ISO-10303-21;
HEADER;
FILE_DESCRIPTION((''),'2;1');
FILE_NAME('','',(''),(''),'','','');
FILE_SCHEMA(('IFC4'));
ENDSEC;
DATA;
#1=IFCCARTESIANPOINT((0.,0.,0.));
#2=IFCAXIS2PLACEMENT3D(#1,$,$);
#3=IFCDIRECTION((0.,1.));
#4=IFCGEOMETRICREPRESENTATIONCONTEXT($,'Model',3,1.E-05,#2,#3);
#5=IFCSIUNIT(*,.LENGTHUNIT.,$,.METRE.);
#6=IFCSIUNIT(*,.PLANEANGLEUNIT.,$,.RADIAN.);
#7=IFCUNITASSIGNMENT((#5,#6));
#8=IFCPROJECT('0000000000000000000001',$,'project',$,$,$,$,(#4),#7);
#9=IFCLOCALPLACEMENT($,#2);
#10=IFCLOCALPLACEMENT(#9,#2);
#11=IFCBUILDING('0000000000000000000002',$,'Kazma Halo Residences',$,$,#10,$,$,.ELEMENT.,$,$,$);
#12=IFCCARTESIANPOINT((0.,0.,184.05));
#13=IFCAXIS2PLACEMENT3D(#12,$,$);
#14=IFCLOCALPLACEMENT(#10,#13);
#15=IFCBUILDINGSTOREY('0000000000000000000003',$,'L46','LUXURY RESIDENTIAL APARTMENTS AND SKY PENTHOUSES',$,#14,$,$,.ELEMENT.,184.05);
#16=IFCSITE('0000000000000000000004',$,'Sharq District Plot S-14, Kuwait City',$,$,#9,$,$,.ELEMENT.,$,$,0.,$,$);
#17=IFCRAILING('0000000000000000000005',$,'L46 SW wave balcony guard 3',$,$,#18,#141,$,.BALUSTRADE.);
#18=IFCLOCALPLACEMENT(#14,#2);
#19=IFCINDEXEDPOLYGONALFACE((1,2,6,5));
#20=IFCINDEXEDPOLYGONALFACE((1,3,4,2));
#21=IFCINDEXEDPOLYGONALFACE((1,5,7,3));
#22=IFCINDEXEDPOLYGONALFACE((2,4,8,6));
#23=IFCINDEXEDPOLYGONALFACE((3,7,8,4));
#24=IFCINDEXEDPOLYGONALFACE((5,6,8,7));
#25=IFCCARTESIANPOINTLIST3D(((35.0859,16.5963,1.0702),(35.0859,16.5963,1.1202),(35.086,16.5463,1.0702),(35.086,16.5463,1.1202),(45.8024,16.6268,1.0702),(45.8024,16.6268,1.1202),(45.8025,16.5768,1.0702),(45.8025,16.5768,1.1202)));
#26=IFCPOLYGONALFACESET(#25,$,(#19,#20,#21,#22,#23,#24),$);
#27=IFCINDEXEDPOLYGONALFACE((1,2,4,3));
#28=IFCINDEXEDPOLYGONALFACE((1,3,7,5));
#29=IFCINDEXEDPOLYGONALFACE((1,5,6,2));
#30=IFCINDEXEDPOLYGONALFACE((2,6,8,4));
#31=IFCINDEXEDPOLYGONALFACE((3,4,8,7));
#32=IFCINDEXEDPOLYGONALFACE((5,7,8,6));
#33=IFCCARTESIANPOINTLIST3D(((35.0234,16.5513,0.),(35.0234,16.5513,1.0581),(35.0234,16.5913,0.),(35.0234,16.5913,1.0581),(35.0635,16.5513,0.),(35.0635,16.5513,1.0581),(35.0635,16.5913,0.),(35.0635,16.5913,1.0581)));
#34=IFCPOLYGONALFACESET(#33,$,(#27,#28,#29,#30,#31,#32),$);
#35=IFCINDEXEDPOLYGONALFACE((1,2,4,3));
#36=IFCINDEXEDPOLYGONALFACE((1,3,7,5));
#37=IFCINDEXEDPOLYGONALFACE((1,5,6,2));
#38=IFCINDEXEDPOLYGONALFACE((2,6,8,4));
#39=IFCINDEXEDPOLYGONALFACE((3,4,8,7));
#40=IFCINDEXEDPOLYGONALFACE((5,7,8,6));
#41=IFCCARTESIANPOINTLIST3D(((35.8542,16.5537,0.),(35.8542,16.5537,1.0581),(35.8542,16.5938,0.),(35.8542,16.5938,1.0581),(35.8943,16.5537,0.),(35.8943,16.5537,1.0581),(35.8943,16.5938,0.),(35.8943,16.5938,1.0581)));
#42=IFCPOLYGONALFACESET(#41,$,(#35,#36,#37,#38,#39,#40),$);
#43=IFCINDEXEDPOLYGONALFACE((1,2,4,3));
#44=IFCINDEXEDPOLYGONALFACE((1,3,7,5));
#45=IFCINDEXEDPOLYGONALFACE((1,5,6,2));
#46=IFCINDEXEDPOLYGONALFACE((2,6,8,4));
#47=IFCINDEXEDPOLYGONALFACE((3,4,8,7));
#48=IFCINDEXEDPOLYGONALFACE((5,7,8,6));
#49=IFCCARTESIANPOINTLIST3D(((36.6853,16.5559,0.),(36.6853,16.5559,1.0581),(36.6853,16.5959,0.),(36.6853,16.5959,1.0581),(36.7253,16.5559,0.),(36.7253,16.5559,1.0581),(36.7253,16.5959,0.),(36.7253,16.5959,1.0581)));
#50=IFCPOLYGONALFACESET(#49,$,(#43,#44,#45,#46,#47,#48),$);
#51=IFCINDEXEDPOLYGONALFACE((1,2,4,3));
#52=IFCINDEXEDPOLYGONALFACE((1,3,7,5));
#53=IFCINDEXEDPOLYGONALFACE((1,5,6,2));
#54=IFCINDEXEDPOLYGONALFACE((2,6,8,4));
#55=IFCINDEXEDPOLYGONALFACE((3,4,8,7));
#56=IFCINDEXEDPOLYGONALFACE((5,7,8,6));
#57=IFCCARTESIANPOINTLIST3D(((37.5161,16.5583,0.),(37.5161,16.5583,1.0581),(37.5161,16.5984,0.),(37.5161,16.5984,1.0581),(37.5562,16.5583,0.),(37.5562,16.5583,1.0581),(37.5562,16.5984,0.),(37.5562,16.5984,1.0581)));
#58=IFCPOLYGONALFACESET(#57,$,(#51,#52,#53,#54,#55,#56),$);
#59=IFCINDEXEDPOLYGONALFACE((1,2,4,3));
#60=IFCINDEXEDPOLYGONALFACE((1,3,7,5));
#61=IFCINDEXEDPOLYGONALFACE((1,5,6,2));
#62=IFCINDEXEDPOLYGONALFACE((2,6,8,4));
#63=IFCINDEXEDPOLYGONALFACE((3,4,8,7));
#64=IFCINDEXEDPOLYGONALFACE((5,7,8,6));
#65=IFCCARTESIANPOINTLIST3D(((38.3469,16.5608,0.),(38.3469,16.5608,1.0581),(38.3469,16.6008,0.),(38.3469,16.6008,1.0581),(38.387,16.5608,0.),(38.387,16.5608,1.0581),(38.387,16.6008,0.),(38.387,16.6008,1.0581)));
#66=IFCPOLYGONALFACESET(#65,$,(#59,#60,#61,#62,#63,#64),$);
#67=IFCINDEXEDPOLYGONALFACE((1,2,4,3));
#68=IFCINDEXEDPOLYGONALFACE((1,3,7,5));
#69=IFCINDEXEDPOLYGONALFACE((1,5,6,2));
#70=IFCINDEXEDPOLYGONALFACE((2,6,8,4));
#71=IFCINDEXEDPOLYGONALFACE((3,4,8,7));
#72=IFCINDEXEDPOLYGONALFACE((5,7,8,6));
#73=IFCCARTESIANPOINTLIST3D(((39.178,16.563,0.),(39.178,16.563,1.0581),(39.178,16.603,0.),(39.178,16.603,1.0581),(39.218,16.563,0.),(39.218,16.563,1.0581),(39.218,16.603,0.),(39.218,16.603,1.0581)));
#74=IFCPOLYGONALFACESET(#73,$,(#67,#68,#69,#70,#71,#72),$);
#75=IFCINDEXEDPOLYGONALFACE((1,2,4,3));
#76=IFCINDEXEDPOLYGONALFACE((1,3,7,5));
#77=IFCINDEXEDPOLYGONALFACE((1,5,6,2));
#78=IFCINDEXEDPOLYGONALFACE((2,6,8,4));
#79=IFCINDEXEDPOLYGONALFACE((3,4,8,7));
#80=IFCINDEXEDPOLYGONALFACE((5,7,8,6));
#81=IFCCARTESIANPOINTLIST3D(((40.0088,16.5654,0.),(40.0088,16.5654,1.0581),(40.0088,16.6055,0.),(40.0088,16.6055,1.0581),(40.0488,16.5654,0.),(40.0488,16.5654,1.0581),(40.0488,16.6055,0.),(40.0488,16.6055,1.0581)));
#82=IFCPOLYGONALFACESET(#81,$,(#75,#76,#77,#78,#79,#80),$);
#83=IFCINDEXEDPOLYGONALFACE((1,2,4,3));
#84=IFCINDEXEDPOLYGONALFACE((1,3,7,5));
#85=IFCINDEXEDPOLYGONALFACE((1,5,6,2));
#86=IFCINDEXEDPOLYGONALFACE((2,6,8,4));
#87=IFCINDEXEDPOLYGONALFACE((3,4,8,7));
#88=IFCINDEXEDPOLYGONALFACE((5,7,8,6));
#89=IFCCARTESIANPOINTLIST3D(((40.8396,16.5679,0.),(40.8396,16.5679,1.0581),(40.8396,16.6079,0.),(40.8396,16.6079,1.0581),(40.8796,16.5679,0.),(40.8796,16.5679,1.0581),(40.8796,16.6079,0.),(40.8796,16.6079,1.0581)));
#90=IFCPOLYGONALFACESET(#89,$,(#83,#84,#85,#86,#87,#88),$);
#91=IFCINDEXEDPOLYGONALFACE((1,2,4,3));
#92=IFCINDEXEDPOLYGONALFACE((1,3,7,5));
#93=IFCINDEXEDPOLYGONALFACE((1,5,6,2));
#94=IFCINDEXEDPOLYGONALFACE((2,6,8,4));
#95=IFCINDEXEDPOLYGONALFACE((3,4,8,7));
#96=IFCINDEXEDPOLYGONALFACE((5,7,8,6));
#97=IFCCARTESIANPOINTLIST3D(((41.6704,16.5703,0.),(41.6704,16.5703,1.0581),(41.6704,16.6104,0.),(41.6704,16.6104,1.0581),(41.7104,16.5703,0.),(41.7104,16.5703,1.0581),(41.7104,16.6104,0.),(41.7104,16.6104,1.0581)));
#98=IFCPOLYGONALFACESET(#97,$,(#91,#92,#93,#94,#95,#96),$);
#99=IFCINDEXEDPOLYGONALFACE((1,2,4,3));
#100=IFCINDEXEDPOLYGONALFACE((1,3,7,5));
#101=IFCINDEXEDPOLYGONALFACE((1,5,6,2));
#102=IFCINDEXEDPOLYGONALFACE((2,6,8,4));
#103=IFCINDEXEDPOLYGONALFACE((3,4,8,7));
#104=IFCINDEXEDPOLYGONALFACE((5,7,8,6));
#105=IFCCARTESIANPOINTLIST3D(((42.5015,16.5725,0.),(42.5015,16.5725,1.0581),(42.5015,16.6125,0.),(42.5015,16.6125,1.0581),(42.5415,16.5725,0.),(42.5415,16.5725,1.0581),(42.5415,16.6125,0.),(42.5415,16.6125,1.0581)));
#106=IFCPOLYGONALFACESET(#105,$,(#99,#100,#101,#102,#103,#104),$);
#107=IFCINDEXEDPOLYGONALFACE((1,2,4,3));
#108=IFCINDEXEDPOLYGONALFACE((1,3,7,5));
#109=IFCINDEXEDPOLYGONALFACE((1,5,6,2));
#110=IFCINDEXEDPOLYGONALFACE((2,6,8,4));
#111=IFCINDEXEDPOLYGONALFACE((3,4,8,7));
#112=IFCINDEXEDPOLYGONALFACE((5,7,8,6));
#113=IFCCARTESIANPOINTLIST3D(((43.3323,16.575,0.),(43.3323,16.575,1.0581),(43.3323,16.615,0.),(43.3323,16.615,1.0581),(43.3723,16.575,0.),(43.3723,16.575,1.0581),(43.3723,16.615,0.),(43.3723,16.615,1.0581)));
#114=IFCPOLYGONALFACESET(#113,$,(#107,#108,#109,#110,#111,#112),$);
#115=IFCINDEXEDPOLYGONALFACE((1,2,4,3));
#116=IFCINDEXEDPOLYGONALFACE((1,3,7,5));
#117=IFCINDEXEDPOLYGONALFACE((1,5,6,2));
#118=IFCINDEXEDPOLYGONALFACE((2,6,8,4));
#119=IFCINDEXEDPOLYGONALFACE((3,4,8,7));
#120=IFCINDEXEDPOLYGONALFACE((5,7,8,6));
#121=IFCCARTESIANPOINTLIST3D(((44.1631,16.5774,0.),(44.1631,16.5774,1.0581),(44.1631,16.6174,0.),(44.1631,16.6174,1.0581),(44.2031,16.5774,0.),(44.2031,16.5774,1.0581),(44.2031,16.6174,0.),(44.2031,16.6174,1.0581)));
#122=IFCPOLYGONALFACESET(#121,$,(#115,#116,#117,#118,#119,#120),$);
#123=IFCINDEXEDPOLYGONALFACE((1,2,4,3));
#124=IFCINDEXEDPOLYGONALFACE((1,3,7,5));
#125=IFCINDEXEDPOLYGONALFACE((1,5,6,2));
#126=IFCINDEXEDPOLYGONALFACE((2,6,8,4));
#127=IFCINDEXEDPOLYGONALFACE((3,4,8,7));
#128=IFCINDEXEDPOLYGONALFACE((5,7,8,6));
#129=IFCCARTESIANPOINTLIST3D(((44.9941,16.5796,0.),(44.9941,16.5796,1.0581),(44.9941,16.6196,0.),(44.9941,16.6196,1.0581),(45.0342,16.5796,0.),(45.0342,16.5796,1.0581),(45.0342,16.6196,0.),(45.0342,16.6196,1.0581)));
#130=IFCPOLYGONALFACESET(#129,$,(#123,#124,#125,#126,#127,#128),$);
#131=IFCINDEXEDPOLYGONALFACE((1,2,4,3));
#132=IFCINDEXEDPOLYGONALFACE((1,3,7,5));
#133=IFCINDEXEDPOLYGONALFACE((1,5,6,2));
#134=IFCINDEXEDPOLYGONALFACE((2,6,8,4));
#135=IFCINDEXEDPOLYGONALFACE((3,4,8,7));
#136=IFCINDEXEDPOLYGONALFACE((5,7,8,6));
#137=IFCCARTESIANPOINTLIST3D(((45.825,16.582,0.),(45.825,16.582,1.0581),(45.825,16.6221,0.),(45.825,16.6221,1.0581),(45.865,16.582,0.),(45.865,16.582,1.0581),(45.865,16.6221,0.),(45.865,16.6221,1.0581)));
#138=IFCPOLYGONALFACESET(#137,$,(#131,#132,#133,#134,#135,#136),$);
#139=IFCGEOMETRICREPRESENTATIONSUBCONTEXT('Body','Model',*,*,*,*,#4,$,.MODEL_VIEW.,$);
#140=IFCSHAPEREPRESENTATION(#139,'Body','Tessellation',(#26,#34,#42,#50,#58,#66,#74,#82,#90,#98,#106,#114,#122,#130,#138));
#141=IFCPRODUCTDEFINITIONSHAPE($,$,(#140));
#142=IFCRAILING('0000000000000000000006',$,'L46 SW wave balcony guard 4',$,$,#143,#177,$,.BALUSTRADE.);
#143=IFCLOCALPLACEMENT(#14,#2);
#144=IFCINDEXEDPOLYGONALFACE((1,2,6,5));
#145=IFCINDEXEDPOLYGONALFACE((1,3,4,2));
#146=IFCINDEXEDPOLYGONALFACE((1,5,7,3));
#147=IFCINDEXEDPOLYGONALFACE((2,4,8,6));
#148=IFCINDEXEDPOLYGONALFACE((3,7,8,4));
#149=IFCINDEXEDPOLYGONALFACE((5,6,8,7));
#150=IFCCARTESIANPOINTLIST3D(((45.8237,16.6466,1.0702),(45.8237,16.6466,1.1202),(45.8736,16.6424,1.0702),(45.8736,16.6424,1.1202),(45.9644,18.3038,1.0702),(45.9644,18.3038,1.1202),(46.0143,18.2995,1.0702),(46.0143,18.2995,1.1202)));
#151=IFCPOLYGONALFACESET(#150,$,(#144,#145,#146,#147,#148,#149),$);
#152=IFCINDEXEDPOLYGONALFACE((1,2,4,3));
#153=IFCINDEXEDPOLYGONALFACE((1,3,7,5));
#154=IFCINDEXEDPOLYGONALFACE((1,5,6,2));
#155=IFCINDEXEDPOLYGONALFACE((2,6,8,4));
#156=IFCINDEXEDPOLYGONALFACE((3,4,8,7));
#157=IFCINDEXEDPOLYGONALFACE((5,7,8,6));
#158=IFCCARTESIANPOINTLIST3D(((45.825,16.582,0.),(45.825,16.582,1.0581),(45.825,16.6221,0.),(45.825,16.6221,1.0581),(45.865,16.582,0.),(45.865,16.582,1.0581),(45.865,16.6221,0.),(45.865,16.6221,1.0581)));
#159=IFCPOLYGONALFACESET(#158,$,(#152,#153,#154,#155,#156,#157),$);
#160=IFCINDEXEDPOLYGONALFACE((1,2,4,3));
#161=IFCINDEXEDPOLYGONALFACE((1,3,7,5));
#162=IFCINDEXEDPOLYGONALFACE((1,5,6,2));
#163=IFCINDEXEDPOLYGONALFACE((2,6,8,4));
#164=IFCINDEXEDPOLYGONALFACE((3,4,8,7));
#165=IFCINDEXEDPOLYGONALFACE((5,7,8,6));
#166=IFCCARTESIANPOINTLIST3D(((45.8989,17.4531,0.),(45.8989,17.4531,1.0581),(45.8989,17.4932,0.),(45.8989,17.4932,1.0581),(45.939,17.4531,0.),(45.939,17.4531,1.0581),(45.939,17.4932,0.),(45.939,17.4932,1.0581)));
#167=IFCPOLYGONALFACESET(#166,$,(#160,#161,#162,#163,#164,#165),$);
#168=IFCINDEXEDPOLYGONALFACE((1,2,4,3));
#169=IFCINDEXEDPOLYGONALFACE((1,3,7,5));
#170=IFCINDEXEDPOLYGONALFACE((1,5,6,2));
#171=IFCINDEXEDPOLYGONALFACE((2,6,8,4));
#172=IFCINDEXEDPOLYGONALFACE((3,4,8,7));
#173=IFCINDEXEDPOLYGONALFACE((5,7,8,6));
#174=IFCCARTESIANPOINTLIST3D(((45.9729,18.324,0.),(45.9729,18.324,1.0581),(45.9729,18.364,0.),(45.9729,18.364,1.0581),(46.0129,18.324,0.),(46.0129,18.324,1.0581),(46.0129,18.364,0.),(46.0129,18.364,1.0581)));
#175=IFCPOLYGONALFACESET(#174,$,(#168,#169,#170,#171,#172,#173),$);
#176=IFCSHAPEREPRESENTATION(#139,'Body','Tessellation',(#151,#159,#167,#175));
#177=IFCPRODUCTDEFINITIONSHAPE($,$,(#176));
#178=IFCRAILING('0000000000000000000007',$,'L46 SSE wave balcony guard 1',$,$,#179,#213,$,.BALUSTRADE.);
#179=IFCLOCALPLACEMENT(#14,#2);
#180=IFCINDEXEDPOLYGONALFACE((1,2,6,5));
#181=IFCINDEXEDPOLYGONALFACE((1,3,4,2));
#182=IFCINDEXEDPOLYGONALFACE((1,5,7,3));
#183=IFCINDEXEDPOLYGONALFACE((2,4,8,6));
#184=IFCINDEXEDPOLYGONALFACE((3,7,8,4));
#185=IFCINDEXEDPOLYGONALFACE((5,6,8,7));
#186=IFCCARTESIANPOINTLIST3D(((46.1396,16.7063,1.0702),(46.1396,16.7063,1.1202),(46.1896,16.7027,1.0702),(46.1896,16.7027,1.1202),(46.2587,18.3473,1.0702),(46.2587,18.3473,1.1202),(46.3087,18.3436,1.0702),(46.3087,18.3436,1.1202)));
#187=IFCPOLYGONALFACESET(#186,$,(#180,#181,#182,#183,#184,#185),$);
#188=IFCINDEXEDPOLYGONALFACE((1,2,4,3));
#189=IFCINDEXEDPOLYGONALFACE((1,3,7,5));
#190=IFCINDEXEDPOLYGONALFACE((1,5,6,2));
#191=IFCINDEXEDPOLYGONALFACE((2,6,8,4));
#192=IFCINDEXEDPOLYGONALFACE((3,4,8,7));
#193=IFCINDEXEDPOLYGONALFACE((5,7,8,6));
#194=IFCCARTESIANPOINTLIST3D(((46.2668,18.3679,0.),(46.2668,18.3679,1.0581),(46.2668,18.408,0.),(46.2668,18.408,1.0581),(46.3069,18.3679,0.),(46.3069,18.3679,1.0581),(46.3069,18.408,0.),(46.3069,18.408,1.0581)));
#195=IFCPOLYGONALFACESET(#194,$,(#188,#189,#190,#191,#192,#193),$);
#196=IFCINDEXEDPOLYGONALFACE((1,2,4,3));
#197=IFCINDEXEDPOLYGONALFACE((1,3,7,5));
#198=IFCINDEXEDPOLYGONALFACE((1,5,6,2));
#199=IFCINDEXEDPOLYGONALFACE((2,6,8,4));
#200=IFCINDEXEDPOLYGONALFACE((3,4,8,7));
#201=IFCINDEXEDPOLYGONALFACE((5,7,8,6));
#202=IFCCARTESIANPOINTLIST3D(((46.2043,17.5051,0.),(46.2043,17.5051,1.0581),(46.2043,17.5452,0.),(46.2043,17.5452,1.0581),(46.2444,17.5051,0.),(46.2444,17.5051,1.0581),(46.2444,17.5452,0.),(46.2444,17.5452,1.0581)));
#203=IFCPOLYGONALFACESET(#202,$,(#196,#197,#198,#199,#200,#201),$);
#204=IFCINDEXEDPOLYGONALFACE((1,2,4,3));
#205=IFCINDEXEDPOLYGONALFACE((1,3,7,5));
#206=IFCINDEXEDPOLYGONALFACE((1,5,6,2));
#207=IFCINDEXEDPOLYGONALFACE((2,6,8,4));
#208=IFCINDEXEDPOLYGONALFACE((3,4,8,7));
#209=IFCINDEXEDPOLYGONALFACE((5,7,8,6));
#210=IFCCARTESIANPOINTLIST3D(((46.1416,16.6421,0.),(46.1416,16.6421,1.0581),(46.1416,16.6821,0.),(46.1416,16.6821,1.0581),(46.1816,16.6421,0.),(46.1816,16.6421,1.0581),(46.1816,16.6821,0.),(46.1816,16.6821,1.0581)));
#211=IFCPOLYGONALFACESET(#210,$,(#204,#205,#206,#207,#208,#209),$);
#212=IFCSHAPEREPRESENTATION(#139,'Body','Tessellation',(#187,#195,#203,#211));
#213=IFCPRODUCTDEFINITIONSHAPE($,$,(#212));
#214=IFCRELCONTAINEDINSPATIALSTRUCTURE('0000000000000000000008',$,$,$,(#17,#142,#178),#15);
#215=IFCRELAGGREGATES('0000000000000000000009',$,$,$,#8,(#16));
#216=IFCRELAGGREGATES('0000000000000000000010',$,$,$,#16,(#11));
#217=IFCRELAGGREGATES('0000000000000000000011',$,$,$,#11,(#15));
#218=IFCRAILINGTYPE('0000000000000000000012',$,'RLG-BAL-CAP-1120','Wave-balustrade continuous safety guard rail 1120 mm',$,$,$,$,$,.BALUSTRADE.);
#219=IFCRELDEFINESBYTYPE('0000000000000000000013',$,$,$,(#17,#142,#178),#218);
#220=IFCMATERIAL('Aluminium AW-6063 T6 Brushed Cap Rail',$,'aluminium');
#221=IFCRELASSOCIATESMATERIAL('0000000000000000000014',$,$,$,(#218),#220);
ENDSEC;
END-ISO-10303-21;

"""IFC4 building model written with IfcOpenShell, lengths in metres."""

from ifc_helpers import new_model, si_unit, direction, frame, origin, origin_2d, place, context, subcontext, project, spatial, rectangle, extrude, material, type_object, element, save


model = new_model("IFC4")

# Units and contexts
model_context = context("Model", 3, precision=1e-05, world=origin(), true_north=direction((0.0, 1.0)))
body_context = subcontext(model_context, "Body", "Model", "MODEL_VIEW")
ifc_project = project(units=[si_unit("LENGTHUNIT", "METRE"), si_unit("PLANEANGLEUNIT", "RADIAN")], contexts=[model_context])

# Site, building, storey
site_placement = place(None, origin())
site = spatial("IfcSite", under=ifc_project, at=site_placement, Name="Sharq District Plot S-14, Kuwait City", CompositionType="ELEMENT", RefElevation=0.0)
building_placement = place(site_placement, origin())
building = spatial("IfcBuilding", under=site, at=building_placement, Name="Kazma Halo Residences", CompositionType="ELEMENT")
storey_placement = place(building_placement, frame((0.0, 0.0, 184.05)))
storey = spatial("IfcBuildingStorey", under=building, at=storey_placement, Name="L46", Description="LUXURY RESIDENTIAL APARTMENTS AND SKY PENTHOUSES", CompositionType="ELEMENT", Elevation=184.05)

# Railings
ifc_material_1 = material(Name="Aluminium AW-6063 T6 Brushed Cap Rail", Category="aluminium")
railing_type = type_object("IfcRailingType", Name="RLG-BAL-CAP-1120", Description="Wave-balustrade continuous safety guard rail 1120 mm", PredefinedType="BALUSTRADE", material=ifc_material_1)
railing_1_placement = place(storey_placement, frame((35.0435, 16.5713, 0.0)))
element("IfcRailing", 1, at=railing_1_placement, inside=storey, type_object=railing_type, Name="L46 SW wave balcony guard 3", PredefinedType="BALUSTRADE", context=body_context, shape_type="SweptSolid", body=[
    extrude(rectangle(XDim=0.05, YDim=0.05, at=origin_2d()), frame((0.0425, 0.0, 1.0952), z_axis=(0.999996, 0.002848, 0.0), x_axis=(-0.002848, 0.999996, 0.0)), (0.0, 0.0, 1.0), 10.7166),
    extrude(rectangle(XDim=0.04, YDim=0.04, at=origin_2d()), origin(), (0.0, 0.0, 1.0), 1.0581),
    extrude(rectangle(XDim=0.04, YDim=0.04, at=origin_2d()), frame((0.8308, 0.0024, 0.0)), (0.0, 0.0, 1.0), 1.0581),
    extrude(rectangle(XDim=0.04, YDim=0.04, at=origin_2d()), frame((1.6619, 0.0046, 0.0)), (0.0, 0.0, 1.0), 1.0581),
    extrude(rectangle(XDim=0.04, YDim=0.04, at=origin_2d()), frame((2.4927, 0.0071, 0.0)), (0.0, 0.0, 1.0), 1.0581),
    extrude(rectangle(XDim=0.04, YDim=0.04, at=origin_2d()), frame((3.3235, 0.0095, 0.0)), (0.0, 0.0, 1.0), 1.0581),
    extrude(rectangle(XDim=0.04, YDim=0.04, at=origin_2d()), frame((4.1545, 0.0117, 0.0)), (0.0, 0.0, 1.0), 1.0581),
    extrude(rectangle(XDim=0.04, YDim=0.04, at=origin_2d()), frame((4.9854, 0.0142, 0.0)), (0.0, 0.0, 1.0), 1.0581),
    extrude(rectangle(XDim=0.04, YDim=0.04, at=origin_2d()), frame((5.8162, 0.0166, 0.0)), (0.0, 0.0, 1.0), 1.0581),
    extrude(rectangle(XDim=0.04, YDim=0.04, at=origin_2d()), frame((6.647, 0.019, 0.0)), (0.0, 0.0, 1.0), 1.0581),
    extrude(rectangle(XDim=0.04, YDim=0.04, at=origin_2d()), frame((7.478, 0.0212, 0.0)), (0.0, 0.0, 1.0), 1.0581),
    extrude(rectangle(XDim=0.04, YDim=0.04, at=origin_2d()), frame((8.3088, 0.0237, 0.0)), (0.0, 0.0, 1.0), 1.0581),
    extrude(rectangle(XDim=0.04, YDim=0.04, at=origin_2d()), frame((9.1396, 0.0261, 0.0)), (0.0, 0.0, 1.0), 1.0581),
    extrude(rectangle(XDim=0.04, YDim=0.04, at=origin_2d()), frame((9.9707, 0.0283, 0.0)), (0.0, 0.0, 1.0), 1.0581),
    extrude(rectangle(XDim=0.04, YDim=0.04, at=origin_2d()), frame((10.8015, 0.0308, 0.0)), (0.0, 0.0, 1.0), 1.0581),
])
railing_2_placement = place(storey_placement, frame((45.845, 16.6021, 0.0)))
element("IfcRailing", 2, at=railing_2_placement, inside=storey, type_object=railing_type, Name="L46 SW wave balcony guard 4", PredefinedType="BALUSTRADE", context=body_context, shape_type="SweptSolid", body=[
    extrude(rectangle(XDim=0.05, YDim=0.05, at=origin_2d()), frame((0.0037, 0.0425, 1.0952), z_axis=(0.084629, 0.996413, 0.0), x_axis=(-0.996413, 0.084629, 0.0)), (0.0, 0.0, 1.0), 1.6631),
    extrude(rectangle(XDim=0.04, YDim=0.04, at=origin_2d()), origin(), (0.0, 0.0, 1.0), 1.0581),
    extrude(rectangle(XDim=0.04, YDim=0.04, at=origin_2d()), frame((0.074, 0.8711, 0.0)), (0.0, 0.0, 1.0), 1.0581),
    extrude(rectangle(XDim=0.04, YDim=0.04, at=origin_2d()), frame((0.1479, 1.7419, 0.0)), (0.0, 0.0, 1.0), 1.0581),
])
railing_3_placement = place(storey_placement, frame((46.2869, 18.3879, 0.0)))
element("IfcRailing", 3, at=railing_3_placement, inside=storey, type_object=railing_type, Name="L46 SSE wave balcony guard 1", PredefinedType="BALUSTRADE", context=body_context, shape_type="SweptSolid", body=[
    extrude(rectangle(XDim=0.05, YDim=0.05, at=origin_2d()), frame((-0.0032, -0.0425, 1.0952), z_axis=(-0.07238, -0.997377, 0.0), x_axis=(0.997377, -0.07238, 0.0)), (0.0, 0.0, 1.0), 1.6453),
    extrude(rectangle(XDim=0.04, YDim=0.04, at=origin_2d()), origin(), (0.0, 0.0, 1.0), 1.0581),
    extrude(rectangle(XDim=0.04, YDim=0.04, at=origin_2d()), frame((-0.0625, -0.8628, 0.0)), (0.0, 0.0, 1.0), 1.0581),
    extrude(rectangle(XDim=0.04, YDim=0.04, at=origin_2d()), frame((-0.1252, -1.7258, 0.0)), (0.0, 0.0, 1.0), 1.0581),
])

save(model, "model.ifc")
